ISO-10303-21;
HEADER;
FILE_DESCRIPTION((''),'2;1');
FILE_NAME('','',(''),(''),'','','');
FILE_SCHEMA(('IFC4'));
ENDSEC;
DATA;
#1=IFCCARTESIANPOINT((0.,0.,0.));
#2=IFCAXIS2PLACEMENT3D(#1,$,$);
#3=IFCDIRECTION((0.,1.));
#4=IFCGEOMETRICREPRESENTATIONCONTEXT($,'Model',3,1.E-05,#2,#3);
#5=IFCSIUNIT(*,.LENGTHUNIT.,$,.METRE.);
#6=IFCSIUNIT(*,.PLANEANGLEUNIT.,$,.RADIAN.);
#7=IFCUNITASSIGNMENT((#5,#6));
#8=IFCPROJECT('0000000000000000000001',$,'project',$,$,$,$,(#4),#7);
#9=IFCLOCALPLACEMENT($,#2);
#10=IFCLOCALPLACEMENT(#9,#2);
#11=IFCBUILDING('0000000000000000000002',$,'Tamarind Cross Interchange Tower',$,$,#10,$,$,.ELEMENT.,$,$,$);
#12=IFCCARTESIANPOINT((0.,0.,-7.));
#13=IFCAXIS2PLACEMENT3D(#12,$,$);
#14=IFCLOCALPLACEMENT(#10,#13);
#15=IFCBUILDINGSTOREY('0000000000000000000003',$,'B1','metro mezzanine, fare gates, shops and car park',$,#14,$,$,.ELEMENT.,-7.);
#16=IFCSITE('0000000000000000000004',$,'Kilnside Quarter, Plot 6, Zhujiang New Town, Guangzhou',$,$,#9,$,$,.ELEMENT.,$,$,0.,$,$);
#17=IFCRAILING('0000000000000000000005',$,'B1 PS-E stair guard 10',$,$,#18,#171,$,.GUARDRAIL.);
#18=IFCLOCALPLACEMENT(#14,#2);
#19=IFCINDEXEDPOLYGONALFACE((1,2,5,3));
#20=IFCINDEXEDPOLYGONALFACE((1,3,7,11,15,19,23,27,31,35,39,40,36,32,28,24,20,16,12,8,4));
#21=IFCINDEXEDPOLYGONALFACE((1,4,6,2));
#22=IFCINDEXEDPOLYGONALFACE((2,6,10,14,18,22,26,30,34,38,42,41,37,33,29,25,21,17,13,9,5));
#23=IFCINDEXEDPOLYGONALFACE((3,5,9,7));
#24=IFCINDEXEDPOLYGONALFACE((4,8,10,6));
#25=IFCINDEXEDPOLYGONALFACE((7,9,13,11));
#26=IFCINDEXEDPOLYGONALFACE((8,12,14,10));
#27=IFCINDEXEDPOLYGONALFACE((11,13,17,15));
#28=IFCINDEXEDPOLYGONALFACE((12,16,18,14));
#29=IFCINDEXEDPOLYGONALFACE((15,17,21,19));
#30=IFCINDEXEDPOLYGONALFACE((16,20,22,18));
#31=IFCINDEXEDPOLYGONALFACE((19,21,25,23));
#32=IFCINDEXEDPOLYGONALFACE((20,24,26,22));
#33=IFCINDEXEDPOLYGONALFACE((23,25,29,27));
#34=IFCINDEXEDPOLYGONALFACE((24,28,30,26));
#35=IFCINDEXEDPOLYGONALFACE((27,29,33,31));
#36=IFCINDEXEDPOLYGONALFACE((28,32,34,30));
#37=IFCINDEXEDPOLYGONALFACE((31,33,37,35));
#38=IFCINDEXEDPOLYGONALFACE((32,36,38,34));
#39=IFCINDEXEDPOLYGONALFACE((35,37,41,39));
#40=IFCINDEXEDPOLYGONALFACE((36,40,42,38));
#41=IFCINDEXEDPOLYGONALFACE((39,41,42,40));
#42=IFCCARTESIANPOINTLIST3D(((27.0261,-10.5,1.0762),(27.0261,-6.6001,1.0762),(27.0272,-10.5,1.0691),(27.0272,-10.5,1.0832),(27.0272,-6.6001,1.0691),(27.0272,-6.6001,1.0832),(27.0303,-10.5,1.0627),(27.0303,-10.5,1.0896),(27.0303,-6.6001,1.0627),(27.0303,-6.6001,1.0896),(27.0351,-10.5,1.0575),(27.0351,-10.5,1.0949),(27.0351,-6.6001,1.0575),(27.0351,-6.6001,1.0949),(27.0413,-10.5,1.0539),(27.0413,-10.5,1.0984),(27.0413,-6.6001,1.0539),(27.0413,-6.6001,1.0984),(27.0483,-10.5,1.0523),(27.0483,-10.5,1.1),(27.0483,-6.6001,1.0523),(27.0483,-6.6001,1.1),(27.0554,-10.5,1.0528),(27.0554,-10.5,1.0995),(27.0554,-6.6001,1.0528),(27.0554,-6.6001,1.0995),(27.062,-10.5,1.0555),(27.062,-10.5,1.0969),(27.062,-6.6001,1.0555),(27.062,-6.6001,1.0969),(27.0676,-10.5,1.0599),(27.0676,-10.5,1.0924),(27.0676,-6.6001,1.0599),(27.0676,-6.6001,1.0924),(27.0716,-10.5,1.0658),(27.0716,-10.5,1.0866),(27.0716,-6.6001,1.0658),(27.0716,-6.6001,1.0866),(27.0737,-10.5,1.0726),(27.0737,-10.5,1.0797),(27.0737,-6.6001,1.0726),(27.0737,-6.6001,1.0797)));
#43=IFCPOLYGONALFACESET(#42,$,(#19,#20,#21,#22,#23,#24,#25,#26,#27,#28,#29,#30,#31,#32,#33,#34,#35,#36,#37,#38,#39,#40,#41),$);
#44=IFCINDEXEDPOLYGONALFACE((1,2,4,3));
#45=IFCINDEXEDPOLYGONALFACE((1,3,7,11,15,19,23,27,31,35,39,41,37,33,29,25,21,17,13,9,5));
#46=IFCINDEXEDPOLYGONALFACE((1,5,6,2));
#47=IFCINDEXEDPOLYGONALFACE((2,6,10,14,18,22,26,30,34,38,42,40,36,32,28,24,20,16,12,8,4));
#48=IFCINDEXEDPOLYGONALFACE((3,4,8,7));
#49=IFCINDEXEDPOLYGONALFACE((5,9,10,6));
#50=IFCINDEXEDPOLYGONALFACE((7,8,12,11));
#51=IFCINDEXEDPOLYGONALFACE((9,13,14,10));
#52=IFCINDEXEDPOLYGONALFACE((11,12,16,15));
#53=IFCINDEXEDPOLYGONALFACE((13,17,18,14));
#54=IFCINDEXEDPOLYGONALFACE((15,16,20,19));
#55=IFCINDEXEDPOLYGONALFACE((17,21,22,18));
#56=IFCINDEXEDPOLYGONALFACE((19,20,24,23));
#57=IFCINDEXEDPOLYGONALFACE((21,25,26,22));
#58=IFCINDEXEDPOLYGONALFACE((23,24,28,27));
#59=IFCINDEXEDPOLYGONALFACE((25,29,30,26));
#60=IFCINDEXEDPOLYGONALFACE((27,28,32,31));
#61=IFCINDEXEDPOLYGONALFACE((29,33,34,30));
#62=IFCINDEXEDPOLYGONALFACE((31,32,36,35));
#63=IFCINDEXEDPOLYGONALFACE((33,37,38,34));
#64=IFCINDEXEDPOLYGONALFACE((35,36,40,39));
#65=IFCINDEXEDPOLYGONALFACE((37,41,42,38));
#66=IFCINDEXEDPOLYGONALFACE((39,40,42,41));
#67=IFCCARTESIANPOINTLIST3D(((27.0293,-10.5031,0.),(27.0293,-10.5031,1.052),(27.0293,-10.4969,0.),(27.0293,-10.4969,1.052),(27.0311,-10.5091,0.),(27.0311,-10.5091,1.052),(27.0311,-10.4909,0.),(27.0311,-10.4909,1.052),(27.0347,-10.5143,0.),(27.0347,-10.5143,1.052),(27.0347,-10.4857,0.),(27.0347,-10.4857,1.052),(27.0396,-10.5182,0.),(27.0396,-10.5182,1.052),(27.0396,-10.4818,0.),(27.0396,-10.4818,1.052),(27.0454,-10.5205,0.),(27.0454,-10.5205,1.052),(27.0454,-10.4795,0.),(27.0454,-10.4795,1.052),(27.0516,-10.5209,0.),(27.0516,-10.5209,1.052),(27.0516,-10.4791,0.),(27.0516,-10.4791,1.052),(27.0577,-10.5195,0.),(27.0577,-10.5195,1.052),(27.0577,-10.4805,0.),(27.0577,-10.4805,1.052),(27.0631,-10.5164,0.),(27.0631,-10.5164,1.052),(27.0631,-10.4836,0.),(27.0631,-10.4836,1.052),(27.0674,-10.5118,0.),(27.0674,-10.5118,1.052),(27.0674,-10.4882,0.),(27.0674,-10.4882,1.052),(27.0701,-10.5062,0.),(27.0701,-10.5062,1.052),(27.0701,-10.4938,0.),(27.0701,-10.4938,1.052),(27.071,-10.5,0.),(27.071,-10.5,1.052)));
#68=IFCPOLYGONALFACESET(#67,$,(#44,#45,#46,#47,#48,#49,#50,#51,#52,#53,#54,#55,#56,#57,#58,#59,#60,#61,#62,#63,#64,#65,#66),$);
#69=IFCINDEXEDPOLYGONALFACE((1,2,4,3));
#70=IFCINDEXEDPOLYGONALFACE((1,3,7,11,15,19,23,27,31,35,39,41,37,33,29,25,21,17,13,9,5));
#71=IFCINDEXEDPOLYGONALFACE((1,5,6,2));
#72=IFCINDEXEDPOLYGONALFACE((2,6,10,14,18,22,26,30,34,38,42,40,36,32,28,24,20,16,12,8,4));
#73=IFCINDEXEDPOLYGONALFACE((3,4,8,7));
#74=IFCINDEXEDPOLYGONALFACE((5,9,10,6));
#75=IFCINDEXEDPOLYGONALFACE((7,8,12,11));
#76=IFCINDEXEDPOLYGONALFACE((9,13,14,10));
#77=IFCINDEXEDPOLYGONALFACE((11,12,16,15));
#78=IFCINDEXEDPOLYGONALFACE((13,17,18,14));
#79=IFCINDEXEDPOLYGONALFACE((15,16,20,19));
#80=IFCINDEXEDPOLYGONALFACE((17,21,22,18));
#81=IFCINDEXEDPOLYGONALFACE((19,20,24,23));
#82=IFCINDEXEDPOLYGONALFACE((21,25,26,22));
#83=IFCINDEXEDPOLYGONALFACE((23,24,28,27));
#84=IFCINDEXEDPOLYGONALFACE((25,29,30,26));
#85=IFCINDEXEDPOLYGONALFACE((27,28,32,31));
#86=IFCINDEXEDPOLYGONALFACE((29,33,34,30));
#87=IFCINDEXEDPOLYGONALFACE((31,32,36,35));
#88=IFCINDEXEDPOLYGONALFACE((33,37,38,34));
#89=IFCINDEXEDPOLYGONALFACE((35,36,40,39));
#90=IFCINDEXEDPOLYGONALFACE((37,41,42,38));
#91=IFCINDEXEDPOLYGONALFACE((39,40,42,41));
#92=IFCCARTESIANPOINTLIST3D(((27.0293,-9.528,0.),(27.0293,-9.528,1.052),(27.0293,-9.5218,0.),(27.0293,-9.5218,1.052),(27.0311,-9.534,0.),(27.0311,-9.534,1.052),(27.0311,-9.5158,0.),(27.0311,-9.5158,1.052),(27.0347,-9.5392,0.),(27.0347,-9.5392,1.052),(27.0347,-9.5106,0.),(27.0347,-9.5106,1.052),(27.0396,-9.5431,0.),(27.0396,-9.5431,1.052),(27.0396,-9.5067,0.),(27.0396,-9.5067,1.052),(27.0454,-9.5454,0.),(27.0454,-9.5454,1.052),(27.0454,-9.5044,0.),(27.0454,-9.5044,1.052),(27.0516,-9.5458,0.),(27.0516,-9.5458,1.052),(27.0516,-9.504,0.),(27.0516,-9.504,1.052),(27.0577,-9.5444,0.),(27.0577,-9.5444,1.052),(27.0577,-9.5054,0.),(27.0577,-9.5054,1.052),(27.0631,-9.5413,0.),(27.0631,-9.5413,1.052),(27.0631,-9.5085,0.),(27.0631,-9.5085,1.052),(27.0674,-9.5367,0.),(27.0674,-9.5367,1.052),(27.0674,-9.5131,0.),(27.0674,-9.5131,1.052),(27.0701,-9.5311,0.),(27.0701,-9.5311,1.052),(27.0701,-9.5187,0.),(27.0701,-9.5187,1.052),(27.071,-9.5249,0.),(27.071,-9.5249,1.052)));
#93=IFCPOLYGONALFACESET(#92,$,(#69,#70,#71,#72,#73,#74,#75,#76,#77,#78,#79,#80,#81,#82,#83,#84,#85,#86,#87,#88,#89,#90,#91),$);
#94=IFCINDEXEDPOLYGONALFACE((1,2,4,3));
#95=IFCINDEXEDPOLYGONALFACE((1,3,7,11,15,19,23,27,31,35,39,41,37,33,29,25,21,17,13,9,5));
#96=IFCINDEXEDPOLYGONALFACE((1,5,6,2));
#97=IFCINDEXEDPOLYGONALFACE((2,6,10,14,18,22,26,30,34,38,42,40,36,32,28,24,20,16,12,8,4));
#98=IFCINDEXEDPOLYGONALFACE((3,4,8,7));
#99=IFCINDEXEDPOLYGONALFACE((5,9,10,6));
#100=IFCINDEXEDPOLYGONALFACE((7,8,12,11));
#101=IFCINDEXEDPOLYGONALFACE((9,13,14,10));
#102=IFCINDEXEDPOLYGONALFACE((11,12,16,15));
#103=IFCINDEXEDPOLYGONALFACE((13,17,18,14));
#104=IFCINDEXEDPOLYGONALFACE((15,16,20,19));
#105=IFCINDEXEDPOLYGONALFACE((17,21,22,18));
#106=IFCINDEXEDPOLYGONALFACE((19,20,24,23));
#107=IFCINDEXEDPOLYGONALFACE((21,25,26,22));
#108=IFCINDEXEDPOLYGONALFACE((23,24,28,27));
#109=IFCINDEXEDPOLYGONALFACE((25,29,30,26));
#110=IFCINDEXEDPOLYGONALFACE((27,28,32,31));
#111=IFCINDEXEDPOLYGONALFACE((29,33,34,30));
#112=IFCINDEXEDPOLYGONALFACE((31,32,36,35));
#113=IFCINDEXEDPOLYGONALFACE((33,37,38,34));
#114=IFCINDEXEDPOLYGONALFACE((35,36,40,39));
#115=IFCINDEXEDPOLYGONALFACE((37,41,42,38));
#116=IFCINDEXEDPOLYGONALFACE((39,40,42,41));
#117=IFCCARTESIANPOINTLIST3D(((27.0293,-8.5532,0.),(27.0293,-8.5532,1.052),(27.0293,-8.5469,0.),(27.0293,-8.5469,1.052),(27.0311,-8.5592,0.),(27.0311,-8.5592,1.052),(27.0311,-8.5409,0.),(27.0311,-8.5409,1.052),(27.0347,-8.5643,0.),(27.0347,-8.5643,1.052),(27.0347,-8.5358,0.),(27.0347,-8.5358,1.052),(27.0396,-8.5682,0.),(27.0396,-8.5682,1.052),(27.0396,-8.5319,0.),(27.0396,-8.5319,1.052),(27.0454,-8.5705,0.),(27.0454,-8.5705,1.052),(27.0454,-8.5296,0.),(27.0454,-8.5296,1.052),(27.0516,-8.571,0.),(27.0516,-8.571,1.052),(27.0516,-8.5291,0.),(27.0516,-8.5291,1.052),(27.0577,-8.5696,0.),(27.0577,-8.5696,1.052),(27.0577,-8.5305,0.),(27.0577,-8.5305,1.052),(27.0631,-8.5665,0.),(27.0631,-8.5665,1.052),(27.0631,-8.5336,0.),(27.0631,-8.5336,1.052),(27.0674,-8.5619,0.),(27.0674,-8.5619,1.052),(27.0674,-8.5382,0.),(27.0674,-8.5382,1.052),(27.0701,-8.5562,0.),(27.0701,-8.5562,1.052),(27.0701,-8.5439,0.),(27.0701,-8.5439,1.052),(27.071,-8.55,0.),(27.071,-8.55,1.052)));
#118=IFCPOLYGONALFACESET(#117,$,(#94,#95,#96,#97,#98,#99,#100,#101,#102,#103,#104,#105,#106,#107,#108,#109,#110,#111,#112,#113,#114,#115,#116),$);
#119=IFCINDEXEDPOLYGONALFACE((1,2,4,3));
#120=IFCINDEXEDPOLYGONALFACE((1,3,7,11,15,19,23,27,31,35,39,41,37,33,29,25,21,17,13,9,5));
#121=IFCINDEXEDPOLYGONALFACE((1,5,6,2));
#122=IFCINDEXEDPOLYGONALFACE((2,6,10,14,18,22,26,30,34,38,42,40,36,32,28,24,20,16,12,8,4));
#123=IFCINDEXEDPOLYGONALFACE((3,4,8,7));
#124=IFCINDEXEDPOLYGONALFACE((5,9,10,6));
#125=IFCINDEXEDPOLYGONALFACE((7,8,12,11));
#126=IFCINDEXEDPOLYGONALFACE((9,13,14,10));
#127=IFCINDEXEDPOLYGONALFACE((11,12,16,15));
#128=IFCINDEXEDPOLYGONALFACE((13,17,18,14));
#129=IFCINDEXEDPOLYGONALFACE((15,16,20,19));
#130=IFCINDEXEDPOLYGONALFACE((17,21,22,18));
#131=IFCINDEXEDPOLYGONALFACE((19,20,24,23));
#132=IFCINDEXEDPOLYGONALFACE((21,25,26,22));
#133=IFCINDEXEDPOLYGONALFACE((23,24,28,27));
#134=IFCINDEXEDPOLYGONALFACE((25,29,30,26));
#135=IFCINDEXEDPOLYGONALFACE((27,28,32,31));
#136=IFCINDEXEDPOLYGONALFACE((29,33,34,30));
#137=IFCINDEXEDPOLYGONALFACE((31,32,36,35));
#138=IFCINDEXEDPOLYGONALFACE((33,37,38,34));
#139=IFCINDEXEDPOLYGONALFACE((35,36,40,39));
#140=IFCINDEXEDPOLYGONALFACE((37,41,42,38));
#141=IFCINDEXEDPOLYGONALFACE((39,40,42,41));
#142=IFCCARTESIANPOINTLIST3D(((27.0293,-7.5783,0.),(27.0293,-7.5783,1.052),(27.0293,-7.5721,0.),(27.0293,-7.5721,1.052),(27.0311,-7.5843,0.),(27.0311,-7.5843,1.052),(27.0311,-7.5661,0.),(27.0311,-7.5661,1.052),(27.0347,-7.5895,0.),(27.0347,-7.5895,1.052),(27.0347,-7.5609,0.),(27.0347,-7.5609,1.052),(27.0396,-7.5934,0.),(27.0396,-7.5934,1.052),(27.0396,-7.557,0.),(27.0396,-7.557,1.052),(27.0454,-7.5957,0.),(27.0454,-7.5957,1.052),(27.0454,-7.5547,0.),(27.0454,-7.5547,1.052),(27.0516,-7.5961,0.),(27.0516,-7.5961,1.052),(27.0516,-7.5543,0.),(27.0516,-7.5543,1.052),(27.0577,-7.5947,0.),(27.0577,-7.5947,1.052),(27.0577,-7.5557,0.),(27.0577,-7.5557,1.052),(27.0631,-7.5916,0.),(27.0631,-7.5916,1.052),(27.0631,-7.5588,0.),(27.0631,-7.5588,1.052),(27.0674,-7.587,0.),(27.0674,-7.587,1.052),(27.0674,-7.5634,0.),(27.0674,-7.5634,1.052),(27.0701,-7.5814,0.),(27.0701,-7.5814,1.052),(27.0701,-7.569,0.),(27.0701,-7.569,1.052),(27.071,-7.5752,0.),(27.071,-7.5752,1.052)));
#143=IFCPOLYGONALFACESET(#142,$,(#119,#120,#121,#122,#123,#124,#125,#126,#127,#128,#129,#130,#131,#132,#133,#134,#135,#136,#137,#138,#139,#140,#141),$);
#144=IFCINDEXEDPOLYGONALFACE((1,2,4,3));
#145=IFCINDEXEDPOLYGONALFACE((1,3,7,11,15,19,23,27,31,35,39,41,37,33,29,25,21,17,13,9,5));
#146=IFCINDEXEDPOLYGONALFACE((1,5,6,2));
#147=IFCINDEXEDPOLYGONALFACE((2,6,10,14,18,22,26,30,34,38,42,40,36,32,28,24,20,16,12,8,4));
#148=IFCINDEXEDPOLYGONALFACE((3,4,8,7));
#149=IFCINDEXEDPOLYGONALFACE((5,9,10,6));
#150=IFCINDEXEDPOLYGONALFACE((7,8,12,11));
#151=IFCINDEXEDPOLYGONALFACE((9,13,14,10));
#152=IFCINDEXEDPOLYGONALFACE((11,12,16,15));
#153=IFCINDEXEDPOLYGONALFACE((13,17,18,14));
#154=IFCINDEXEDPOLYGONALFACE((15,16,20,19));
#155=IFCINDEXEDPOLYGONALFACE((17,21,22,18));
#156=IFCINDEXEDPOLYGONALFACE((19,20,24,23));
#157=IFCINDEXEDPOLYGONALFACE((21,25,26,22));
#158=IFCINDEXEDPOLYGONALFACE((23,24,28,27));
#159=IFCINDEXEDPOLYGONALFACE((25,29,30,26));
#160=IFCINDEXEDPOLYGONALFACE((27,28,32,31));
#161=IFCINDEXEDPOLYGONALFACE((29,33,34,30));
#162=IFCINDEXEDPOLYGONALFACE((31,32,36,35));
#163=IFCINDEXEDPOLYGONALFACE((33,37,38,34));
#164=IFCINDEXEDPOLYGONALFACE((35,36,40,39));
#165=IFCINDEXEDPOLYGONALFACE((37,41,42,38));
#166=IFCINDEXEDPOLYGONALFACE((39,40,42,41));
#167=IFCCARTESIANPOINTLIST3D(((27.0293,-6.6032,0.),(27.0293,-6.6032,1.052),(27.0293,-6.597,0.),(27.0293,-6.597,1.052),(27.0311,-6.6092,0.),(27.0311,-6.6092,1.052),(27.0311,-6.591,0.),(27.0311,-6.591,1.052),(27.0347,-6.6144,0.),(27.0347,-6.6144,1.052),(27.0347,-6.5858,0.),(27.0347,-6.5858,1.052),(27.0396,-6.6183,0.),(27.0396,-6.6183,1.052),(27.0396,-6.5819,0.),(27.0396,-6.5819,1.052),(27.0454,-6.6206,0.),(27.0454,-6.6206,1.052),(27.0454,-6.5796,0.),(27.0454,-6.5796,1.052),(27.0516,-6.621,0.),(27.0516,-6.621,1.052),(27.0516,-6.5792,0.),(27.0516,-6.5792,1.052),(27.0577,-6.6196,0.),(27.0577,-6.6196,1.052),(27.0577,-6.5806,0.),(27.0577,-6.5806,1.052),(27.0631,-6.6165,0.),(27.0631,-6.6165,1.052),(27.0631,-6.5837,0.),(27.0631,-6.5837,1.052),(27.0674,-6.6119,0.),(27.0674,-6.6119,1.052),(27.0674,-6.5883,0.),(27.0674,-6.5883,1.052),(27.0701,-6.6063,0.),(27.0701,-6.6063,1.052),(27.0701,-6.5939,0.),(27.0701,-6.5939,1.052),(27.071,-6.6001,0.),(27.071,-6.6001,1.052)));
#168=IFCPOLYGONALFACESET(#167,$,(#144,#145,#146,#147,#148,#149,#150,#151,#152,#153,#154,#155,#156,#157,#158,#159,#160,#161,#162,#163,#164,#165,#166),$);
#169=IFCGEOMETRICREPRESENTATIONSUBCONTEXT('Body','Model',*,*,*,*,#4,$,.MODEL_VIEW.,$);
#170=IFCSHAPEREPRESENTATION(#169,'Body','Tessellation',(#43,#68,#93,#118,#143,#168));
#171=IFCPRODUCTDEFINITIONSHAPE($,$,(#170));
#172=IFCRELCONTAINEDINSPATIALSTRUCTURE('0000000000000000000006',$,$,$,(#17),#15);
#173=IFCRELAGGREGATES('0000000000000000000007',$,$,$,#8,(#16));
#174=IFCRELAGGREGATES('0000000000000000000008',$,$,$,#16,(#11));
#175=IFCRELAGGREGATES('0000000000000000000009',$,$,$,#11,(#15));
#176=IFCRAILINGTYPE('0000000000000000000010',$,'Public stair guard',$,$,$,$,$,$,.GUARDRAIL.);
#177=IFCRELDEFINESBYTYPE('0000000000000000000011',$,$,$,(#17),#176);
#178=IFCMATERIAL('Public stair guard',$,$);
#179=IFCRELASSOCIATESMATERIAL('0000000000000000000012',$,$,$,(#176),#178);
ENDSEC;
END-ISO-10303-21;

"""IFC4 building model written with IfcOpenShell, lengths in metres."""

from ifc_helpers import new_model, si_unit, direction, frame, origin, origin_2d, place, context, subcontext, project, spatial, circle, extrude, material, type_object, element, save


model = new_model("IFC4")

# Units and contexts
model_context = context("Model", 3, precision=1e-05, world=origin(), true_north=direction((0.0, 1.0)))
body_context = subcontext(model_context, "Body", "Model", "MODEL_VIEW")
ifc_project = project(units=[si_unit("LENGTHUNIT", "METRE"), si_unit("PLANEANGLEUNIT", "RADIAN")], contexts=[model_context])

# Site, building, storey
site_placement = place(None, origin())
site = spatial("IfcSite", under=ifc_project, at=site_placement, Name="Kilnside Quarter, Plot 6, Zhujiang New Town, Guangzhou", CompositionType="ELEMENT", RefElevation=0.0)
building_placement = place(site_placement, origin())
building = spatial("IfcBuilding", under=site, at=building_placement, Name="Tamarind Cross Interchange Tower", CompositionType="ELEMENT")
storey_placement = place(building_placement, frame((0.0, 0.0, -7.0)))
storey = spatial("IfcBuildingStorey", under=building, at=storey_placement, Name="B1", Description="metro mezzanine, fare gates, shops and car park", CompositionType="ELEMENT", Elevation=-7.0)

# Railing
ifc_material_1 = material(Name="Public stair guard")
railing_type_1 = type_object("IfcRailingType", Name="Public stair guard", PredefinedType="GUARDRAIL", material=ifc_material_1)
railing_1_placement = place(storey_placement, frame((27.05, -10.5, 0.0)))
element("IfcRailing", 1, at=railing_1_placement, inside=storey, type_object=railing_type_1, Name="B1 PS-E stair guard 10", PredefinedType="GUARDRAIL", context=body_context, shape_type="SweptSolid", body=[
    extrude(circle(Radius=0.0239, at=origin_2d()), frame((0.0, 0.0, 1.0762), z_axis=(0.0, 1.0, 0.0), x_axis=(-1.0, 0.0, 0.0)), (0.0, 0.0, 1.0), 3.8999),
    extrude(circle(Radius=0.021, at=origin_2d()), origin(), (0.0, 0.0, 1.0), 1.052),
    extrude(circle(Radius=0.021, at=origin_2d()), frame((0.0, 0.9751, 0.0)), (0.0, 0.0, 1.0), 1.052),
    extrude(circle(Radius=0.021, at=origin_2d()), frame((0.0, 1.95, 0.0)), (0.0, 0.0, 1.0), 1.052),
    extrude(circle(Radius=0.021, at=origin_2d()), frame((0.0, 2.9248, 0.0)), (0.0, 0.0, 1.0), 1.052),
    extrude(circle(Radius=0.021, at=origin_2d()), frame((0.0, 3.8999, 0.0)), (0.0, 0.0, 1.0), 1.052),
])

save(model, "model.ifc")
